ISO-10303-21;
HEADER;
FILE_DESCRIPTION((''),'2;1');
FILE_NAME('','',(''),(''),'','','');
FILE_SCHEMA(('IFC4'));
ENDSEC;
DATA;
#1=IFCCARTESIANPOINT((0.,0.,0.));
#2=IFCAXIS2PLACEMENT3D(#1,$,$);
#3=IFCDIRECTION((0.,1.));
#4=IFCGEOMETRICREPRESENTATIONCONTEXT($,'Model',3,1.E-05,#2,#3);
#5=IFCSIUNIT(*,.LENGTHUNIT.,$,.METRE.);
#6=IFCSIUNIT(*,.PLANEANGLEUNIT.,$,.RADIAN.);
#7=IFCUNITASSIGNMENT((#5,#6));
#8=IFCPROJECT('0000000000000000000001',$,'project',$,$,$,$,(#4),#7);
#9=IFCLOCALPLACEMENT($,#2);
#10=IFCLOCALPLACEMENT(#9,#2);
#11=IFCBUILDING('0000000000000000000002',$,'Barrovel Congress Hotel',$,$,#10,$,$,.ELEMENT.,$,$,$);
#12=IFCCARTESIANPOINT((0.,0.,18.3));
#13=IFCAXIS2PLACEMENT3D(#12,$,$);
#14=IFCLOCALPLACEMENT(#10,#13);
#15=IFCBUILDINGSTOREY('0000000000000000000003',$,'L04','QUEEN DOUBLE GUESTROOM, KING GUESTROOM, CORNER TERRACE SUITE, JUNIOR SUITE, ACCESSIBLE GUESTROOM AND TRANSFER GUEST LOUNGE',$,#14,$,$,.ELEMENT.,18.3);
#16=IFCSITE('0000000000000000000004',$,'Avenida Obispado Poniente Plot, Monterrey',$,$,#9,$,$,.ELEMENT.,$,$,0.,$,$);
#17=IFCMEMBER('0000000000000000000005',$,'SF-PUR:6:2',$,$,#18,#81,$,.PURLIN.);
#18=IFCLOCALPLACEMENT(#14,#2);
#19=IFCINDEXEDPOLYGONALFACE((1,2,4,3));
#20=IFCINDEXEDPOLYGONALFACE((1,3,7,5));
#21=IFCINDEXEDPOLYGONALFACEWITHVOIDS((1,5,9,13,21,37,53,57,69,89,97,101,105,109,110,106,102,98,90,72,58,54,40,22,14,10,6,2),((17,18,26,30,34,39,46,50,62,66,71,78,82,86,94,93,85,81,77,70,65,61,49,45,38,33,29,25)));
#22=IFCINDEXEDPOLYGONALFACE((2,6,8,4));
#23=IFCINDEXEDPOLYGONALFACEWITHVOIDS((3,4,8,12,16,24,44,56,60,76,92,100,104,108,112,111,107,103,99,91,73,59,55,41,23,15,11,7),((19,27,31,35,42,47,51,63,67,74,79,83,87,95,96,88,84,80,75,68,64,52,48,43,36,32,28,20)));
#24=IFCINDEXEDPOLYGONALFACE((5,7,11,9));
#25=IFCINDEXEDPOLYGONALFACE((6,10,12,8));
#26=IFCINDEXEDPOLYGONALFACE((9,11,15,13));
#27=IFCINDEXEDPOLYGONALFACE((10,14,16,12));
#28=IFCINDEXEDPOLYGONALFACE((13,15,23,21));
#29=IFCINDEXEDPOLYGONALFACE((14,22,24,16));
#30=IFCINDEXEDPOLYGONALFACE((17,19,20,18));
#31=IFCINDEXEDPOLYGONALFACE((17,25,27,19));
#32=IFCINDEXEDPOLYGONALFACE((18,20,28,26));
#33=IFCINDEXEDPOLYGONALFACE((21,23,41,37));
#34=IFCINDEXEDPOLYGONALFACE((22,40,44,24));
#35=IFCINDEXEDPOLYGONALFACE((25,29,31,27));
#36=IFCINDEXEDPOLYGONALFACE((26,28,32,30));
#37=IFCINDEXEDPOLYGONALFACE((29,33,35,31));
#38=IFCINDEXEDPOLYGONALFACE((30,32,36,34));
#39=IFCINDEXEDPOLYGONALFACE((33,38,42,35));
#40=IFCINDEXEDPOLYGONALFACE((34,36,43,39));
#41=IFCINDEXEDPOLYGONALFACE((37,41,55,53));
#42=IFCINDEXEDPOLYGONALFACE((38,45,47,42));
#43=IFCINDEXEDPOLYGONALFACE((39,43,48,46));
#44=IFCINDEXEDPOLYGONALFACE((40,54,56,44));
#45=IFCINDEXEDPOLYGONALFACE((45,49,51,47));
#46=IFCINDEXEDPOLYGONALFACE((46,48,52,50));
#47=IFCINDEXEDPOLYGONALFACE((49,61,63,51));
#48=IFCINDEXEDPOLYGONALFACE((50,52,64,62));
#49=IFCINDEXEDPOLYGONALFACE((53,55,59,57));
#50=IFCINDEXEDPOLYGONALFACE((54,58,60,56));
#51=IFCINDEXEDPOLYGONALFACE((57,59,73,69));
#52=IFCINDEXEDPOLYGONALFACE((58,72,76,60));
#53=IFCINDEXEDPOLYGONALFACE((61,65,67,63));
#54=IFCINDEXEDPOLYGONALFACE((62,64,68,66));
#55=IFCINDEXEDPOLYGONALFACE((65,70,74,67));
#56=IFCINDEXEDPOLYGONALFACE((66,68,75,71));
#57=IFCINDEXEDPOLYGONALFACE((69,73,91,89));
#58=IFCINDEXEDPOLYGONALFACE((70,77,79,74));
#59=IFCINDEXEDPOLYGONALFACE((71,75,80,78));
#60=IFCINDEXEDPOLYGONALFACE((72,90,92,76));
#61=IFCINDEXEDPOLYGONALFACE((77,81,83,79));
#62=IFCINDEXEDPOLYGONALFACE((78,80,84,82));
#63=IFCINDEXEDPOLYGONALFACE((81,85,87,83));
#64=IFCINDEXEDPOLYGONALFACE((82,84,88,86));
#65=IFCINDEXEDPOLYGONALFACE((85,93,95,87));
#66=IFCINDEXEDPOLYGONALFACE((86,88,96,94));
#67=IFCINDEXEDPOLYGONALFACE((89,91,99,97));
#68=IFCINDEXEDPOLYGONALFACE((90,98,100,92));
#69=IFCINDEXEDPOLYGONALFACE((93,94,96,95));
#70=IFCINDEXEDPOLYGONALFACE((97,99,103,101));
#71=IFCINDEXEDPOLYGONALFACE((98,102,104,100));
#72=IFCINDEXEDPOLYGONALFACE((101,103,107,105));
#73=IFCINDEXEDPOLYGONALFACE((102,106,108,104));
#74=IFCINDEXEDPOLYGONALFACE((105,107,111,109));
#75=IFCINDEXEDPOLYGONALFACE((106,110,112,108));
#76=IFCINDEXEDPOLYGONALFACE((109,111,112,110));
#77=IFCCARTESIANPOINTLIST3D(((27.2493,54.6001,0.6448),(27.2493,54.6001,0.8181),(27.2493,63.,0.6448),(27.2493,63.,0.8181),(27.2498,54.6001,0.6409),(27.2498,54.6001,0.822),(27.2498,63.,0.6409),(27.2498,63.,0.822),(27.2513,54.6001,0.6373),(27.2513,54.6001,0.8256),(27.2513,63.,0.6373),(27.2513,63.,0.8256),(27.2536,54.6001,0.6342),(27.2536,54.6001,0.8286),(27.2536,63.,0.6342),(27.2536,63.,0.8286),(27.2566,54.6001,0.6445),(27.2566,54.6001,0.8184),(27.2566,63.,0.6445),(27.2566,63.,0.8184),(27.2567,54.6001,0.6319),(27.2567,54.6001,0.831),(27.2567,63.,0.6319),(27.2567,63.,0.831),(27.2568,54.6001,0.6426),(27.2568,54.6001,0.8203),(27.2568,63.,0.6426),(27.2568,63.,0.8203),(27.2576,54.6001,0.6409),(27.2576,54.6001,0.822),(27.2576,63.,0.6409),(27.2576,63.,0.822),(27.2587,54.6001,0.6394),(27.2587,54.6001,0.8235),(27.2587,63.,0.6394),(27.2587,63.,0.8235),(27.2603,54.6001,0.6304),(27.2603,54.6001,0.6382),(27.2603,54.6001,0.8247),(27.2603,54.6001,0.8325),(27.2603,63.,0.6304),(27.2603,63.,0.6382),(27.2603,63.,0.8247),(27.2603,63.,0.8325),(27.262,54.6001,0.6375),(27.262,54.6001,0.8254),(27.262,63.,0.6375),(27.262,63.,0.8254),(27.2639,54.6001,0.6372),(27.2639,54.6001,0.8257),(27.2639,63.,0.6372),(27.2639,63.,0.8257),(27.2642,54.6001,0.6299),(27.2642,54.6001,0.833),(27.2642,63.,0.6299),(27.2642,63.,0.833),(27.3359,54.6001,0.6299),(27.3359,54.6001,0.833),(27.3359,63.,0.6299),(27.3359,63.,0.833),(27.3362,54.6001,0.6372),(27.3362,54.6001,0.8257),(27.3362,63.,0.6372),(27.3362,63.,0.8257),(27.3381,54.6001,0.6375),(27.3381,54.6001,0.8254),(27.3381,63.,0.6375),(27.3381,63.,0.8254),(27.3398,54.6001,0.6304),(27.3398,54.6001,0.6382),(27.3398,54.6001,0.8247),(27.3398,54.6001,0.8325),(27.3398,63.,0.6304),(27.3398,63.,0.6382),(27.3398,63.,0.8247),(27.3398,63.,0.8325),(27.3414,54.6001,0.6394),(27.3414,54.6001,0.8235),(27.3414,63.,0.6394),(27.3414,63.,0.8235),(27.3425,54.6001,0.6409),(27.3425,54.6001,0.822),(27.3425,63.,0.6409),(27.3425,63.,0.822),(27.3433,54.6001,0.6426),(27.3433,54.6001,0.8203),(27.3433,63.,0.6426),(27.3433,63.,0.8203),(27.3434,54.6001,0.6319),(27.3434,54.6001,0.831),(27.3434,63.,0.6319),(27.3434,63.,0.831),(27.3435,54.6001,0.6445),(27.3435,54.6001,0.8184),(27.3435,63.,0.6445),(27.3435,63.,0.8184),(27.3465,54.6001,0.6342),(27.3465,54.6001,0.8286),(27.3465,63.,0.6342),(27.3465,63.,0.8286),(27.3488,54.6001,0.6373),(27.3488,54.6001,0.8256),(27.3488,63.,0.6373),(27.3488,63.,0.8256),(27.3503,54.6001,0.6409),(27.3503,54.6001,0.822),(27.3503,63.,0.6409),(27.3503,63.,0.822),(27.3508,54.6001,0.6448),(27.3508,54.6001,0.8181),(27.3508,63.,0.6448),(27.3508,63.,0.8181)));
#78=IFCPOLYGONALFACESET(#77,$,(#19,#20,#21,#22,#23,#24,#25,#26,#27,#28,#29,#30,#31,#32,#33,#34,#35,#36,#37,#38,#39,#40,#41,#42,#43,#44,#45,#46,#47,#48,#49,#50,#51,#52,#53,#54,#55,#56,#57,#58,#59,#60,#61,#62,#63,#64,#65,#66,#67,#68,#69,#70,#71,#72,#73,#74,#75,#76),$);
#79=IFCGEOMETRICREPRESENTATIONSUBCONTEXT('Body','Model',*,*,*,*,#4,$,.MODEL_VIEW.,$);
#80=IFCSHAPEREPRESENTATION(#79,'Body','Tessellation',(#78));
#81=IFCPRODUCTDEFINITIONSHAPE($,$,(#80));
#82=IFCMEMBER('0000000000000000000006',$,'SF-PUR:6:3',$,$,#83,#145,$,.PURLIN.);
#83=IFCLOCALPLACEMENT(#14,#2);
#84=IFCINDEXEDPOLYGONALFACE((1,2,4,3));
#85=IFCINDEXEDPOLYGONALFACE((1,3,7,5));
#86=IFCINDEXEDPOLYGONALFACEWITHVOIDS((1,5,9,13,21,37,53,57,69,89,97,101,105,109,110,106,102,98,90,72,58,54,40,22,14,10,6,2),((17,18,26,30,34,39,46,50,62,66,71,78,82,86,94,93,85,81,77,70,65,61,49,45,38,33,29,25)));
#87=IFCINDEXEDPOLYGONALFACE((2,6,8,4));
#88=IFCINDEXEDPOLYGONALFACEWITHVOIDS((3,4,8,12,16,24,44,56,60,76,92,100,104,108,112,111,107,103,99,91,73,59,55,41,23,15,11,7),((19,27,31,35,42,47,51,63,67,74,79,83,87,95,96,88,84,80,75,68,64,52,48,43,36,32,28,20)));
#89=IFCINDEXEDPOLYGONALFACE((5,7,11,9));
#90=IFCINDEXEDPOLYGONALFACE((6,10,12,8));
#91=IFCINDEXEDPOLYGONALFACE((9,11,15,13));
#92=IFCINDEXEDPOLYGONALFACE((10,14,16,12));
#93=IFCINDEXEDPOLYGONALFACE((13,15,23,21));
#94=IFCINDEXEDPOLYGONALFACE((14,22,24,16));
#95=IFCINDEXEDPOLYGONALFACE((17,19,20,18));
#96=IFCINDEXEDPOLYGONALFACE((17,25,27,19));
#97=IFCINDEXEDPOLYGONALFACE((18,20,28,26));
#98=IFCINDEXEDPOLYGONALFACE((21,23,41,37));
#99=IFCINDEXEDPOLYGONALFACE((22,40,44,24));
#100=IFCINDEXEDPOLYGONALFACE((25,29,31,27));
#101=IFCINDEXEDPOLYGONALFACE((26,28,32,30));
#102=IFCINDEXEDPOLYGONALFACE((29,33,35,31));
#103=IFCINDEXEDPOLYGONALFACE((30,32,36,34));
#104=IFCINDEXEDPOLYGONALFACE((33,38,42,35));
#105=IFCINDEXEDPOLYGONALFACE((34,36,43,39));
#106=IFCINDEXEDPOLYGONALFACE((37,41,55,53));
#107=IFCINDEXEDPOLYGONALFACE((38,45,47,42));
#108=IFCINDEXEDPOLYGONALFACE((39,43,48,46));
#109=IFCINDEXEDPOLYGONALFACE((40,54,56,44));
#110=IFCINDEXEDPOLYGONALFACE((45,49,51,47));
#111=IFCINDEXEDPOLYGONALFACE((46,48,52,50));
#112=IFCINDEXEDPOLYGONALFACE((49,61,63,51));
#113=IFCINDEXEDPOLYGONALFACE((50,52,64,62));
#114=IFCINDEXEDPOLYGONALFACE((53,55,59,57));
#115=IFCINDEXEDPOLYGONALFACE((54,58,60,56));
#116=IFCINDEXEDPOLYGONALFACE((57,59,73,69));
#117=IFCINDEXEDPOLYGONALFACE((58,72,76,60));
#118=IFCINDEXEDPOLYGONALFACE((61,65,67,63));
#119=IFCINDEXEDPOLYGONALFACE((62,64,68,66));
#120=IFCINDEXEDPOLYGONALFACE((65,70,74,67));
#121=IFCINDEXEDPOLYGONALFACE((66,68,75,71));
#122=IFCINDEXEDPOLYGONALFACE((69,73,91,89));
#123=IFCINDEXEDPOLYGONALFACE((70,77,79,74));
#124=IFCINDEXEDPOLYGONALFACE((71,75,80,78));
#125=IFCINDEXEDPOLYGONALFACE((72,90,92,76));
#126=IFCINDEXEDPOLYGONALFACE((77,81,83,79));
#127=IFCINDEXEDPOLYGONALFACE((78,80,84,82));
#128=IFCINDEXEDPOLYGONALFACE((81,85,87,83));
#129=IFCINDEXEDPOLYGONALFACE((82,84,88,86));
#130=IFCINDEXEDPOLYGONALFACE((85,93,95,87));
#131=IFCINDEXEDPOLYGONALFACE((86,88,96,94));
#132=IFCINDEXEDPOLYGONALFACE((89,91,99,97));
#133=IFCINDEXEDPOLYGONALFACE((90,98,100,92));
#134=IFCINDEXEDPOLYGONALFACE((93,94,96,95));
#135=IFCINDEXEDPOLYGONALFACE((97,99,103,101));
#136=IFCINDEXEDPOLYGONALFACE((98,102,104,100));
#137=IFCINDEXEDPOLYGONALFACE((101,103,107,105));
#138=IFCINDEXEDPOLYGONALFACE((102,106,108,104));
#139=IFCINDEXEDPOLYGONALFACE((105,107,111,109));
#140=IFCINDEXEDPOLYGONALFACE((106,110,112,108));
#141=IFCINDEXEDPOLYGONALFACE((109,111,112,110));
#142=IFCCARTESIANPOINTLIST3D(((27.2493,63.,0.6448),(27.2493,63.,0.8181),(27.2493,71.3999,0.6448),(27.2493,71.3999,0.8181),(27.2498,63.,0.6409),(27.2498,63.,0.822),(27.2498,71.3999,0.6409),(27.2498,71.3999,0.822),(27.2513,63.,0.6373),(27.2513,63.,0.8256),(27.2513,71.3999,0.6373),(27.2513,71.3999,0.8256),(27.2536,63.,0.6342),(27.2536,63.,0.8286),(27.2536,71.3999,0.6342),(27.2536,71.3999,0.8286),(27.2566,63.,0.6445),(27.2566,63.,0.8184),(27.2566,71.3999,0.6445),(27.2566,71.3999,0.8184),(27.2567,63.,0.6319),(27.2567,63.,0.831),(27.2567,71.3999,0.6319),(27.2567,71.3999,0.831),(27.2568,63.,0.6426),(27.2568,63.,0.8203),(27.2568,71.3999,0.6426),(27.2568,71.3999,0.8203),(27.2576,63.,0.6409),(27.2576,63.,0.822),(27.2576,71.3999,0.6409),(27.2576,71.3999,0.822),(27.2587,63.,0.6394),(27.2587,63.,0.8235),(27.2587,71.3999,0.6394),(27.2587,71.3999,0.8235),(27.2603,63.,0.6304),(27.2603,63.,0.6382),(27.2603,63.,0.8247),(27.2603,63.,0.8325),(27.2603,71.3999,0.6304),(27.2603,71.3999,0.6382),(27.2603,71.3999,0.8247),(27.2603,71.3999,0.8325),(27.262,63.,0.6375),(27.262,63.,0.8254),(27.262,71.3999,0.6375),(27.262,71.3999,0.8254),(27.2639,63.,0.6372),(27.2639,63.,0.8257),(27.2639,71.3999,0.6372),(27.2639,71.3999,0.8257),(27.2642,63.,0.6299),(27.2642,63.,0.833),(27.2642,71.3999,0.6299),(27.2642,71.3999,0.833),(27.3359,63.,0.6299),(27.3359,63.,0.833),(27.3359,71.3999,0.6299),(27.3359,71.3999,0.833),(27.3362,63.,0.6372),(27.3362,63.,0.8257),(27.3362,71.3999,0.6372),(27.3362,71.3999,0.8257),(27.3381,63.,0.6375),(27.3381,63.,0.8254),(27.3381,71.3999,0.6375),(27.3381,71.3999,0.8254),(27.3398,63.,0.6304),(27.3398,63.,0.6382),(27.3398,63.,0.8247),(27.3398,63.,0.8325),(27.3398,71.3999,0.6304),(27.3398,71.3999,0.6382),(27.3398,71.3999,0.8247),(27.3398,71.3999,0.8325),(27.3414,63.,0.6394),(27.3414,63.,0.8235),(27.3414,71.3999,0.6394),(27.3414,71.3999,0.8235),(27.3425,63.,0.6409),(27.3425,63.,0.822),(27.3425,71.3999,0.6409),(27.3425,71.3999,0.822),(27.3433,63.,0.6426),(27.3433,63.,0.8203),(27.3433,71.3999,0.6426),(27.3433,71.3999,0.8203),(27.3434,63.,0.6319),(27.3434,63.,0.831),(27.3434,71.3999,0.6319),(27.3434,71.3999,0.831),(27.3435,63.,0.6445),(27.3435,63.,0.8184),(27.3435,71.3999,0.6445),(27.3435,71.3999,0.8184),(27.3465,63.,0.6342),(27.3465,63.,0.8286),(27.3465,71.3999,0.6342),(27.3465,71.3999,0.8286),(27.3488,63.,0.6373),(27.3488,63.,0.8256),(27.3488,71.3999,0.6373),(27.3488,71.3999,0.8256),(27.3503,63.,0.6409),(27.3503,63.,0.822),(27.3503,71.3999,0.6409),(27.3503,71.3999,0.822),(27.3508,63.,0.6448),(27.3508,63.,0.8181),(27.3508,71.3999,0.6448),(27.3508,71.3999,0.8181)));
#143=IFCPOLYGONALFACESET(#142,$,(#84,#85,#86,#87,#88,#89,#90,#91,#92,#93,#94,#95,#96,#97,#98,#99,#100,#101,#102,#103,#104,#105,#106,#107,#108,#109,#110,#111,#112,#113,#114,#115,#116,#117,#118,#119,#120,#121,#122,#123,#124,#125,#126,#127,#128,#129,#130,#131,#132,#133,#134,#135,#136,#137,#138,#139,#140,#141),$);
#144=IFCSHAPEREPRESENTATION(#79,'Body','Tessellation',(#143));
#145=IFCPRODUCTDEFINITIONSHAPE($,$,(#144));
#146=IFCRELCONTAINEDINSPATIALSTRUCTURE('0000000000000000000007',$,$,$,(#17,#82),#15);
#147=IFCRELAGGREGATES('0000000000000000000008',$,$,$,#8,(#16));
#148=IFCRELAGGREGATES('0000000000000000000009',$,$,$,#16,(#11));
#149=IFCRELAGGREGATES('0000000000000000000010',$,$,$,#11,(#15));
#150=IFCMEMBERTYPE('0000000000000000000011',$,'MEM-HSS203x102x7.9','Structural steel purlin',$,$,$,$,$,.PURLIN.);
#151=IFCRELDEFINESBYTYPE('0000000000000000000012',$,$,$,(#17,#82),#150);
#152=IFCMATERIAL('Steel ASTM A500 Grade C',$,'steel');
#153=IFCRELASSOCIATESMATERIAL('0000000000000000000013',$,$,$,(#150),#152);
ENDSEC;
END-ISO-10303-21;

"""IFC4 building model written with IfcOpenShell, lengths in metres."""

from ifc_helpers import new_model, si_unit, direction, frame, origin, origin_2d, place, context, subcontext, project, spatial, hollow_rectangle, extrude, material, material_profile, profile_set, type_object, element, save


model = new_model("IFC4")

# Units and contexts
model_context = context("Model", 3, precision=1e-05, world=origin(), true_north=direction((0.0, 1.0)))
body_context = subcontext(model_context, "Body", "Model", "MODEL_VIEW")
ifc_project = project(units=[si_unit("LENGTHUNIT", "METRE"), si_unit("PLANEANGLEUNIT", "RADIAN")], contexts=[model_context])

# Site, building, storey
site_placement = place(None, origin())
site = spatial("IfcSite", under=ifc_project, at=site_placement, Name="Avenida Obispado Poniente Plot, Monterrey", CompositionType="ELEMENT", RefElevation=0.0)
building_placement = place(site_placement, origin())
building = spatial("IfcBuilding", under=site, at=building_placement, Name="Barrovel Congress Hotel", CompositionType="ELEMENT")
storey_placement = place(building_placement, frame((0.0, 0.0, 18.3)))
storey = spatial("IfcBuildingStorey", under=building, at=storey_placement, Name="L04", Description="QUEEN DOUBLE GUESTROOM, KING GUESTROOM, CORNER TERRACE SUITE, JUNIOR SUITE, ACCESSIBLE GUESTROOM AND TRANSFER GUEST LOUNGE", CompositionType="ELEMENT", Elevation=18.3)

# Members
ifc_material_1 = material(Name="Steel ASTM A500 Grade C", Category="steel")
ifc_material_profile_1 = material_profile(ifc_material_1, hollow_rectangle(XDim=0.1016, YDim=0.2031, WallThickness=0.0073, InnerFilletRadius=0.0073, OuterFilletRadius=0.0149, at=origin_2d()), Name="HSS203x102x7.9")
ifc_profile_set_1 = profile_set([ifc_material_profile_1], Name="Steel ASTM A500 Grade C")
member_type = type_object("IfcMemberType", Name="MEM-HSS203x102x7.9", Description="Structural steel purlin", PredefinedType="PURLIN", material=ifc_profile_set_1)
for number, where, z_axis, x_axis, name in (
    (1, (27.3, 54.6001, 0.7314), (0.0, 1.0, 0.0), (-1.0, 0.0, 0.0), "SF-PUR:6:2"),
    (2, (27.3, 63.0, 0.7314), (0.0, 1.0, 0.0), (-1.0, 0.0, 0.0), "SF-PUR:6:3"),
):
    element("IfcMember", number, at=place(storey_placement, frame(where, z_axis=z_axis, x_axis=x_axis)), inside=storey, type_object=member_type, Name=name, PredefinedType="PURLIN", context=body_context, shape_type="SweptSolid", body=[
        extrude(hollow_rectangle(XDim=0.1016, YDim=0.2031, WallThickness=0.0073, InnerFilletRadius=0.0073, OuterFilletRadius=0.0149, at=origin_2d()), origin(), (0.0, 0.0, 1.0), 8.3999),
    ])

save(model, "model.ifc")
